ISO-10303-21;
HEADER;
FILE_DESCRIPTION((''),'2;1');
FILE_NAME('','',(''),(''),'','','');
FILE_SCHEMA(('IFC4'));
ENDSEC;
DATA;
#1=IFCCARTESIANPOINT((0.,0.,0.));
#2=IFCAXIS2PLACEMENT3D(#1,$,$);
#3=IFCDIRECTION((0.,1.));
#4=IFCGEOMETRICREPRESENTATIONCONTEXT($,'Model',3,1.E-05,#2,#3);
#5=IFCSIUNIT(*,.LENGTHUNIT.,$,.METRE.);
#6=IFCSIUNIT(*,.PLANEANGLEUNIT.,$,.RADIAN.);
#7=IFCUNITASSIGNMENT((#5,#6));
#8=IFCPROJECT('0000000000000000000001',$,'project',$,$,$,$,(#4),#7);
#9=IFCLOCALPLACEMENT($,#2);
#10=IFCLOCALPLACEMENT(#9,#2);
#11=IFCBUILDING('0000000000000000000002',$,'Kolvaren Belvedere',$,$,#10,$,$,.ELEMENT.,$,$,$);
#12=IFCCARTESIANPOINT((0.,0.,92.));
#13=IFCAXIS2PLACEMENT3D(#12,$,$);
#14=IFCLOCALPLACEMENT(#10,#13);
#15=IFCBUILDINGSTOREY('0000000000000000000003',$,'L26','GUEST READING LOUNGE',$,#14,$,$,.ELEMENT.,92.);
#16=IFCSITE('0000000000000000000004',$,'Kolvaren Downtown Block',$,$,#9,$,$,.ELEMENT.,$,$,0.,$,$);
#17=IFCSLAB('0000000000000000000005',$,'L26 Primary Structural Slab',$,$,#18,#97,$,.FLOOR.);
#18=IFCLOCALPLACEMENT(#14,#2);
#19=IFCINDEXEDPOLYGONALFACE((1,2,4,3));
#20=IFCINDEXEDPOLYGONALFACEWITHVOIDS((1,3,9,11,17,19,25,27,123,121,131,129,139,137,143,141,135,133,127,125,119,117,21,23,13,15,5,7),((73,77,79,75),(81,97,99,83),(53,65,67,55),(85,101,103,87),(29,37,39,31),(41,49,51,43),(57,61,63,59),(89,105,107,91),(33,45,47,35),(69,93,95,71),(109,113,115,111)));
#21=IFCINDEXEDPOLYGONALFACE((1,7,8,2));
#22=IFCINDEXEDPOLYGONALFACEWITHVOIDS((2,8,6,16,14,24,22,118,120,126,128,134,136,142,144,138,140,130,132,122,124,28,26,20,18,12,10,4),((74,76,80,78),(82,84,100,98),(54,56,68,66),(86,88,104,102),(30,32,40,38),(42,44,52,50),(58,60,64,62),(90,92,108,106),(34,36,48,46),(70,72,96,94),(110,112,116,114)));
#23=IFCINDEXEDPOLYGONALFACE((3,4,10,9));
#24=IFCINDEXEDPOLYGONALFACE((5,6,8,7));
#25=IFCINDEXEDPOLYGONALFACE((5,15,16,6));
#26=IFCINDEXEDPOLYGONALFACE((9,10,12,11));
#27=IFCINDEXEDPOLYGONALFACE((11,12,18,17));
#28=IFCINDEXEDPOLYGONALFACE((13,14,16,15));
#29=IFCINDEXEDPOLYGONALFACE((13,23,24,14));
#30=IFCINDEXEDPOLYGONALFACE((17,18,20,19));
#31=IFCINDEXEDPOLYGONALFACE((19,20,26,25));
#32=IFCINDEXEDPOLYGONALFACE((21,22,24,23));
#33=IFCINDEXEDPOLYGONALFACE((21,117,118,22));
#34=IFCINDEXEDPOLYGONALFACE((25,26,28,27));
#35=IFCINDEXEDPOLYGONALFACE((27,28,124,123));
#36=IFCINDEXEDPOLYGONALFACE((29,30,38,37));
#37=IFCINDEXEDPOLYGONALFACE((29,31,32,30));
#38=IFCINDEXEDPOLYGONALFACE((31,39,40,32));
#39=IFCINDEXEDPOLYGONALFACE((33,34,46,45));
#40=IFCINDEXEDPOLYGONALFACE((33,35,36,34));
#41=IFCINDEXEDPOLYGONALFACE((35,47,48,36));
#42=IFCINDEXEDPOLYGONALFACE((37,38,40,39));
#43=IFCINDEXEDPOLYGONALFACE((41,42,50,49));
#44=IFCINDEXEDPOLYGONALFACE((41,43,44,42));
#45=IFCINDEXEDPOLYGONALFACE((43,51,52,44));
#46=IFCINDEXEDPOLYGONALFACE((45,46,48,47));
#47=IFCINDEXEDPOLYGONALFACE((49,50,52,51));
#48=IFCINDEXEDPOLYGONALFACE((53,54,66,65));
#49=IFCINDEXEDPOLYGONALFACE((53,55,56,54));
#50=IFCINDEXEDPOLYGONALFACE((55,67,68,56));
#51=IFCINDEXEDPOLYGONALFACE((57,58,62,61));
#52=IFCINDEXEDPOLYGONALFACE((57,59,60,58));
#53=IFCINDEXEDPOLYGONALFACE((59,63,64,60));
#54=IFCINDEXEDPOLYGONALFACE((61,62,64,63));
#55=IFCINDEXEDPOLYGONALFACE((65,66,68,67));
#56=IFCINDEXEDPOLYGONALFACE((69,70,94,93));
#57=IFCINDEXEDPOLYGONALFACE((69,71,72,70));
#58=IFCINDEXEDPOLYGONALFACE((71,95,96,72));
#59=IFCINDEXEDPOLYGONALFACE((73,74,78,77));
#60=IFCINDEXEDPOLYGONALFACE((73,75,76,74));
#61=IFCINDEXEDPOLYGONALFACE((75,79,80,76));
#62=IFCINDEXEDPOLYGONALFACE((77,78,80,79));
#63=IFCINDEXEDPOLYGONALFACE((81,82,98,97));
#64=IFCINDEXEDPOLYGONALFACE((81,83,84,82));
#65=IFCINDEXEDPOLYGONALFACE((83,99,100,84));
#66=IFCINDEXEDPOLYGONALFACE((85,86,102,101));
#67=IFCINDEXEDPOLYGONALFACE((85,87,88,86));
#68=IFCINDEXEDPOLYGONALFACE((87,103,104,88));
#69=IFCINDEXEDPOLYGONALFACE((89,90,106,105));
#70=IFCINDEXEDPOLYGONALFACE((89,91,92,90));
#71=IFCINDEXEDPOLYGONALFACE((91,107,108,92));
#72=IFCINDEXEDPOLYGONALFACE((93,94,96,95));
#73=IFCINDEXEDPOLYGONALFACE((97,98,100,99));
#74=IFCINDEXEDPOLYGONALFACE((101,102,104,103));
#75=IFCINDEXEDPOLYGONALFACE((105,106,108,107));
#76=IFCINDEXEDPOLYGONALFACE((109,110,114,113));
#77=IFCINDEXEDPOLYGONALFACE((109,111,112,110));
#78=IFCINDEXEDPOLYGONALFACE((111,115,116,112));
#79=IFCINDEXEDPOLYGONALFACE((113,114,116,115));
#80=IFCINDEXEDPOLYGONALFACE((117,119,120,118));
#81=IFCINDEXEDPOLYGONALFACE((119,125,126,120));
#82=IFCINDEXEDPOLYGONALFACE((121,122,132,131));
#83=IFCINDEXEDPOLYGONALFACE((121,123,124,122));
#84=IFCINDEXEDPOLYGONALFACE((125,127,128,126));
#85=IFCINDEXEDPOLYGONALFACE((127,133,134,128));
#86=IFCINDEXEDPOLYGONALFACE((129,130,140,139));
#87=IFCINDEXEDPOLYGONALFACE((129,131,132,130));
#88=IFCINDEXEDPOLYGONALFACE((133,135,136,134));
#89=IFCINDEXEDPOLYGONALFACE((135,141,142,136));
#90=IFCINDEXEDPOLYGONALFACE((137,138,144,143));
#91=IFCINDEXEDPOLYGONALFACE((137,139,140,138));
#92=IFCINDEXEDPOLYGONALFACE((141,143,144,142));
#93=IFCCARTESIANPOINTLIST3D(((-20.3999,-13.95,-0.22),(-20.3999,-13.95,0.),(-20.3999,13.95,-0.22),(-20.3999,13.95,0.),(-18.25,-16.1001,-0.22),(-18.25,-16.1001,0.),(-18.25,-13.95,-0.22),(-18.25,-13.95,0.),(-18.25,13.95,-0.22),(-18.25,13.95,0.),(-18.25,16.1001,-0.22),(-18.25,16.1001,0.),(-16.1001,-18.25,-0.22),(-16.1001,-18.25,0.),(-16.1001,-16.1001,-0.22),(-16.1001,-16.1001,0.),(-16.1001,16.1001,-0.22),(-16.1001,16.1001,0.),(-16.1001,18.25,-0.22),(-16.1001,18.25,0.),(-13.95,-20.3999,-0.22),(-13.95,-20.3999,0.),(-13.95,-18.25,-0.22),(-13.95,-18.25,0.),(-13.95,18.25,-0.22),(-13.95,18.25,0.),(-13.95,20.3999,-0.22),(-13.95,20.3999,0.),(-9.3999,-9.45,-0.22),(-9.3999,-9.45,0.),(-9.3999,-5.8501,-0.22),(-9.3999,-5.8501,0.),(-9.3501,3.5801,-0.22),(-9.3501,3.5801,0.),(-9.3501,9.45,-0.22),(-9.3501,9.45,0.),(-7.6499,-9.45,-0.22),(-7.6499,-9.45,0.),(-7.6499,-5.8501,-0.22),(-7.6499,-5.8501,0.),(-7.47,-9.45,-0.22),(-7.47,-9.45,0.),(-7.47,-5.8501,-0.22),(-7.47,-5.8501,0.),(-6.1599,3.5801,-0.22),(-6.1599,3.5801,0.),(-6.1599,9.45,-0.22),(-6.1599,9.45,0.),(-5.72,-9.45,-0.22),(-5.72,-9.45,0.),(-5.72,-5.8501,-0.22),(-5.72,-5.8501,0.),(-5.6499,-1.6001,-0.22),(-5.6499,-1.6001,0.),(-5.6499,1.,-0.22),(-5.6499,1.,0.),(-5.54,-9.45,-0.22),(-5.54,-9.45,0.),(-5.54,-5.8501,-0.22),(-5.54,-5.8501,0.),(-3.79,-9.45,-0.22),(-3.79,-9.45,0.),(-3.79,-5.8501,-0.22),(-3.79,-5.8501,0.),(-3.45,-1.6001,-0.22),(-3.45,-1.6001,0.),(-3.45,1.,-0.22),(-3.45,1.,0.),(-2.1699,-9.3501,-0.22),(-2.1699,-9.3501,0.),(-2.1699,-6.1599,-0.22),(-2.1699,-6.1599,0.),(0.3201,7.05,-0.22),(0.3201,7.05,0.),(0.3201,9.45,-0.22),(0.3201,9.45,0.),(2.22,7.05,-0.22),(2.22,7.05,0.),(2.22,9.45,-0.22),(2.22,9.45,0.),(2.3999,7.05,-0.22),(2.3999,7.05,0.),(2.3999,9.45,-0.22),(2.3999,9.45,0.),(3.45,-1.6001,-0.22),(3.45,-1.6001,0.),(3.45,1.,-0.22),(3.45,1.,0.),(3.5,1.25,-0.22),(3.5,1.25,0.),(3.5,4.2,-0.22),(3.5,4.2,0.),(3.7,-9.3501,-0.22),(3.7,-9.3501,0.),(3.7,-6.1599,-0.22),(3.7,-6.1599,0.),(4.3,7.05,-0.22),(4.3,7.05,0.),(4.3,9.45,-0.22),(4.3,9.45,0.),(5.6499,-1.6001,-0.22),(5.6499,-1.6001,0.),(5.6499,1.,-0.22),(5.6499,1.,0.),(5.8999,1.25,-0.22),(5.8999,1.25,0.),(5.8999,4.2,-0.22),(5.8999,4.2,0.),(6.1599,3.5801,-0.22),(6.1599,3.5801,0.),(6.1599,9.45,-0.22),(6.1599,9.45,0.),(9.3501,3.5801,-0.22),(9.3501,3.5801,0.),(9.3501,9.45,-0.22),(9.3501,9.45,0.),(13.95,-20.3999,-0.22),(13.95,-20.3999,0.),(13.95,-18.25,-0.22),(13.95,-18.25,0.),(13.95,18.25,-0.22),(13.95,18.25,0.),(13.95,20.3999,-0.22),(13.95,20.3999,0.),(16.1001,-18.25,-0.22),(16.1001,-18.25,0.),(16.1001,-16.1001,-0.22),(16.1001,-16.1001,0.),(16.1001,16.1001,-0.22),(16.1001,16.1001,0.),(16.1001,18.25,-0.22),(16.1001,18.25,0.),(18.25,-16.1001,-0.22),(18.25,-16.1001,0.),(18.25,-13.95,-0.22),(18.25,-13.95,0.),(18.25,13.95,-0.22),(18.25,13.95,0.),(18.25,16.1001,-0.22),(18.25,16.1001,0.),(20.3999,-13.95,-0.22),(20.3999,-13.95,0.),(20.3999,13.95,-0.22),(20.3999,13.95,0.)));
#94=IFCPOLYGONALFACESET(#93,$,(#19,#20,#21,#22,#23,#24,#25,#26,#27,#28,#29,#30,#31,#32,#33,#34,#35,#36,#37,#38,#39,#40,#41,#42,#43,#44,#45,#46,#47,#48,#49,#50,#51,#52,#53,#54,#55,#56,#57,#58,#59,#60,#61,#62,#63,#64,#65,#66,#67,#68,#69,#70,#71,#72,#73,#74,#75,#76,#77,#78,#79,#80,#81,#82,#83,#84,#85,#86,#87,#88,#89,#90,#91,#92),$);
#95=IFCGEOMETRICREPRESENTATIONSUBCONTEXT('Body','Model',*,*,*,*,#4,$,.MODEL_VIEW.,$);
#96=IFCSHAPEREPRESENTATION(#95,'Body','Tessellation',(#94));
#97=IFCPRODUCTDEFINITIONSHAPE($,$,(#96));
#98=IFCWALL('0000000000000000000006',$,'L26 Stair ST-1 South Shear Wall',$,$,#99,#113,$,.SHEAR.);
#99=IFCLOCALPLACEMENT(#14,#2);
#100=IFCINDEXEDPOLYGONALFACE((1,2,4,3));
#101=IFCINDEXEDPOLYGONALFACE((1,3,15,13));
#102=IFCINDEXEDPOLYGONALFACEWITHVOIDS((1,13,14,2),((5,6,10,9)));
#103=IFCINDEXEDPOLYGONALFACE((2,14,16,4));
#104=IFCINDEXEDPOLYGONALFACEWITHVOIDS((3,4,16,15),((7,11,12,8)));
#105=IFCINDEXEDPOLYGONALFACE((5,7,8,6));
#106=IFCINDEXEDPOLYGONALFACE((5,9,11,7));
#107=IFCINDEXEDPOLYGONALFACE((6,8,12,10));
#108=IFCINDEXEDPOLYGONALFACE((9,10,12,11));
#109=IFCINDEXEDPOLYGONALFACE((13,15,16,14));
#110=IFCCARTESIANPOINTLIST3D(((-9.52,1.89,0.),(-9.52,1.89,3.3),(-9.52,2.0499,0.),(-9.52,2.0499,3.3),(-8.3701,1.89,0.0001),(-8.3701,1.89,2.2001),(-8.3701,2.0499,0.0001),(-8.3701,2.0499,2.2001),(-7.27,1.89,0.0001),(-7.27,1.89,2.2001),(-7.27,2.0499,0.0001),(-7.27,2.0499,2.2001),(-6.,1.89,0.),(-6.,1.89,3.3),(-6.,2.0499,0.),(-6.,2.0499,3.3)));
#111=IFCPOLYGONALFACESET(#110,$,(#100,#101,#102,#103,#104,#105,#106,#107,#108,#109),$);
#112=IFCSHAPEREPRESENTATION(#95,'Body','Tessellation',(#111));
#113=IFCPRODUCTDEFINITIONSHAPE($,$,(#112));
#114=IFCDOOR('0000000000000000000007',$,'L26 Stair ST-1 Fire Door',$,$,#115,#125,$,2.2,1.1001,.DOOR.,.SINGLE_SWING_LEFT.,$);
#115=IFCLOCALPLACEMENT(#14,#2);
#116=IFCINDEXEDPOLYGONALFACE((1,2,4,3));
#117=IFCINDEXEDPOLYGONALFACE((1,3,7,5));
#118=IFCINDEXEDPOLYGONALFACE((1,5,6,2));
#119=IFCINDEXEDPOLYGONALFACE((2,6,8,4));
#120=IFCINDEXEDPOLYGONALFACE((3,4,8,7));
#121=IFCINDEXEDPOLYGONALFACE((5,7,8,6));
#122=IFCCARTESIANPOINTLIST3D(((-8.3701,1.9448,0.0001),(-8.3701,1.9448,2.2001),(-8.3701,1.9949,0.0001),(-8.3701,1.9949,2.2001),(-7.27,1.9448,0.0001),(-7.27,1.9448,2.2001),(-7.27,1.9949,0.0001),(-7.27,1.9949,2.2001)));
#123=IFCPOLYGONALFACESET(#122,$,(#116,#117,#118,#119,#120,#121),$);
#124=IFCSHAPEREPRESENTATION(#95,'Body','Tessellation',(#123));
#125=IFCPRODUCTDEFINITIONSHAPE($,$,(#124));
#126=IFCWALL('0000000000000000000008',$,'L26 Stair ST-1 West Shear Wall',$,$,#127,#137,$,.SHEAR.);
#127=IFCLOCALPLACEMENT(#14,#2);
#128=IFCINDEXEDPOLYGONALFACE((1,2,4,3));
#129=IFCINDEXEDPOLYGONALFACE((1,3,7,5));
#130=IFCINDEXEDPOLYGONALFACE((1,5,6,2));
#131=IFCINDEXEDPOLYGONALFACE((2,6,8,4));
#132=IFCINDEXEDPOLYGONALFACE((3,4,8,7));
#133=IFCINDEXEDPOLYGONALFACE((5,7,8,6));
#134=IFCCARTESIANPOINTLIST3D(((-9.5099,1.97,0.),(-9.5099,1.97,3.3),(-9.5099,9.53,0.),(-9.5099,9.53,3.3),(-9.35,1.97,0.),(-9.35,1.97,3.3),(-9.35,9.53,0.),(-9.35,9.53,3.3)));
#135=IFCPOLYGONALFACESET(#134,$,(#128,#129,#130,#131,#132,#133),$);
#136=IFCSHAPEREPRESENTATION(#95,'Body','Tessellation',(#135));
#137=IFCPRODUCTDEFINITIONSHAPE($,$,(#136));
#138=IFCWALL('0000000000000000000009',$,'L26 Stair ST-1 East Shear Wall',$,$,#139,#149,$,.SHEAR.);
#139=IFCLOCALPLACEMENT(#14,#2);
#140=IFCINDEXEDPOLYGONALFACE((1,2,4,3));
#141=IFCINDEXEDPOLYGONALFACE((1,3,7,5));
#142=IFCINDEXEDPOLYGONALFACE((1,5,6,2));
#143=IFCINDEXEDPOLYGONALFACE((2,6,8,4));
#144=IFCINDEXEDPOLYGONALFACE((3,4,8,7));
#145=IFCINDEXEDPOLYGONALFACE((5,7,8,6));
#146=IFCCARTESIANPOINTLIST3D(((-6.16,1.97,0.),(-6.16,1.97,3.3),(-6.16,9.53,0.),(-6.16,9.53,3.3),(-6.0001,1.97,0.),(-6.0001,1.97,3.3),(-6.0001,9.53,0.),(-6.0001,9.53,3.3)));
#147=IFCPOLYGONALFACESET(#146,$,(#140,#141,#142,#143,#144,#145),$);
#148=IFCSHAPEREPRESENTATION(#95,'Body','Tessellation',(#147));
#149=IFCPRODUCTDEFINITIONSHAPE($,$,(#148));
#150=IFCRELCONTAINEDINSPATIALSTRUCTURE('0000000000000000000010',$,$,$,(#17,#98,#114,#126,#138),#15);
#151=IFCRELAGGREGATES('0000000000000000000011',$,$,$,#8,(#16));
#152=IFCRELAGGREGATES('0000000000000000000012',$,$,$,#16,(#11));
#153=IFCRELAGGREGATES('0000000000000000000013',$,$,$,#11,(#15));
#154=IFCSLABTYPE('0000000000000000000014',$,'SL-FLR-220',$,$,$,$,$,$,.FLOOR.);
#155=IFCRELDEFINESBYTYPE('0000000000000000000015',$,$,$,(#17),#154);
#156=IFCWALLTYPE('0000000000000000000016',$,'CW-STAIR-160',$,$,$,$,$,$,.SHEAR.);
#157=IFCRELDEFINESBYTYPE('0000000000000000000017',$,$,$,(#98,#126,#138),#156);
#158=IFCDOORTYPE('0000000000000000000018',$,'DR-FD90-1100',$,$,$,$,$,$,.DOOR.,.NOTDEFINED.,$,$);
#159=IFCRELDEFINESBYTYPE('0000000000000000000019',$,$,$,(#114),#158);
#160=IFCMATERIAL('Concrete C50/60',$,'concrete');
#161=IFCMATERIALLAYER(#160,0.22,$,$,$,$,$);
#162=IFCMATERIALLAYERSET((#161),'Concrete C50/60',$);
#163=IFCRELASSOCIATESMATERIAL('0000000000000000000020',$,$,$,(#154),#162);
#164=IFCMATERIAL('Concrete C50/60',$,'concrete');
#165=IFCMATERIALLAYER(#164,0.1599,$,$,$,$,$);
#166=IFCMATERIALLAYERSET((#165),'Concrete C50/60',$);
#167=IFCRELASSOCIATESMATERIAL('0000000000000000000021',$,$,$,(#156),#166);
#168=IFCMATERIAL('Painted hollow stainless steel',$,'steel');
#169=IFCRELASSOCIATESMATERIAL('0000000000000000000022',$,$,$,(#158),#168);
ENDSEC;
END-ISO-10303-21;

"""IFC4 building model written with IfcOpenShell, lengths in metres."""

from ifc_helpers import new_model, si_unit, direction, frame, frame_2d, origin, place, context, subcontext, project, spatial, polyline, rectangle, outline, extrude, material, layer, layer_set, type_object, element, fill, save


model = new_model("IFC4")

# Units and contexts
model_context = context("Model", 3, precision=1e-05, world=origin(), true_north=direction((0.0, 1.0)))
body_context = subcontext(model_context, "Body", "Model", "MODEL_VIEW")
ifc_project = project(units=[si_unit("LENGTHUNIT", "METRE"), si_unit("PLANEANGLEUNIT", "RADIAN")], contexts=[model_context])

# Site, building, storey
site_placement = place(None, origin())
site = spatial("IfcSite", under=ifc_project, at=site_placement, Name="Kolvaren Downtown Block", CompositionType="ELEMENT", RefElevation=0.0)
building_placement = place(site_placement, origin())
building = spatial("IfcBuilding", under=site, at=building_placement, Name="Kolvaren Belvedere", CompositionType="ELEMENT")
storey_placement = place(building_placement, frame((0.0, 0.0, 92.0)))
storey = spatial("IfcBuildingStorey", under=building, at=storey_placement, Name="L26", Description="GUEST READING LOUNGE", CompositionType="ELEMENT", Elevation=92.0)

# Slab
ifc_material_1 = material(Name="Concrete C50/60", Category="concrete")
ifc_layer_1 = layer(ifc_material_1, 0.22)
ifc_layer_set_1 = layer_set([ifc_layer_1], Name="Concrete C50/60")
slab_type_1 = type_object("IfcSlabType", Name="SL-FLR-220", PredefinedType="FLOOR", material=ifc_layer_set_1)
slab_1_placement = place(storey_placement, frame((0.0, 0.0, -0.22)))
element("IfcSlab", 1, at=slab_1_placement, inside=storey, type_object=slab_type_1, Name="L26 Primary Structural Slab", PredefinedType="FLOOR", context=body_context, shape_type="SweptSolid", body=[
    extrude(outline(polyline([(-13.95, -20.3999), (13.95, -20.3999), (13.95, -18.25), (16.1001, -18.25), (16.1001, -16.1001), (18.25, -16.1001), (18.25, -13.95), (20.3999, -13.95), (20.3999, 13.95), (18.25, 13.95), (18.25, 16.1001), (16.1001, 16.1001), (16.1001, 18.25), (13.95, 18.25), (13.95, 20.3999), (-13.95, 20.3999), (-13.95, 18.25), (-16.1001, 18.25), (-16.1001, 16.1001), (-18.25, 16.1001), (-18.25, 13.95), (-20.3999, 13.95), (-20.3999, -13.95), (-18.25, -13.95), (-18.25, -16.1001), (-16.1001, -16.1001), (-16.1001, -18.25), (-13.95, -18.25), (-13.95, -20.3999)]), holes=[polyline([(-9.3501, 3.5801), (-6.1599, 3.5801), (-6.1599, 9.45), (-9.3501, 9.45), (-9.3501, 3.5801)]), polyline([(6.1599, 3.5801), (9.3501, 3.5801), (9.3501, 9.45), (6.1599, 9.45), (6.1599, 3.5801)]), polyline([(-2.1699, -9.3501), (3.7, -9.3501), (3.7, -6.1599), (-2.1699, -6.1599), (-2.1699, -9.3501)]), polyline([(-5.6499, -1.6001), (-3.45, -1.6001), (-3.45, 1.0), (-5.6499, 1.0), (-5.6499, -1.6001)]), polyline([(3.5, 1.25), (5.8999, 1.25), (5.8999, 4.2), (3.5, 4.2), (3.5, 1.25)]), polyline([(3.45, -1.6001), (5.6499, -1.6001), (5.6499, 1.0), (3.45, 1.0), (3.45, -1.6001)]), polyline([(-9.3999, -9.45), (-7.6499, -9.45), (-7.6499, -5.8501), (-9.3999, -5.8501), (-9.3999, -9.45)]), polyline([(-7.47, -9.45), (-5.72, -9.45), (-5.72, -5.8501), (-7.47, -5.8501), (-7.47, -9.45)]), polyline([(-5.54, -9.45), (-3.79, -9.45), (-3.79, -5.8501), (-5.54, -5.8501), (-5.54, -9.45)]), polyline([(0.3201, 7.05), (2.22, 7.05), (2.22, 9.45), (0.3201, 9.45), (0.3201, 7.05)]), polyline([(2.3999, 7.05), (4.3, 7.05), (4.3, 9.45), (2.3999, 9.45), (2.3999, 7.05)])]), origin(), (0.0, 0.0, 1.0), 0.22),
])

# Wall, opening, door
ifc_material_2 = material(Name="Concrete C50/60", Category="concrete")
ifc_layer_2 = layer(ifc_material_2, 0.1599)
ifc_layer_set_2 = layer_set([ifc_layer_2], Name="Concrete C50/60")
wall_type_1 = type_object("IfcWallType", Name="CW-STAIR-160", PredefinedType="SHEAR", material=ifc_layer_set_2)
wall_1_placement = place(storey_placement, frame((-9.52, 1.97, 0.0), z_axis=(0.0, 0.0, 1.0), x_axis=(1.0, 0.0, 0.0)))
wall_1 = element("IfcWall", 2, at=wall_1_placement, inside=storey, type_object=wall_type_1, Name="L26 Stair ST-1 South Shear Wall", PredefinedType="SHEAR", context=body_context, shape_type="SweptSolid", body=[
    extrude(rectangle(XDim=3.52, YDim=0.1599, at=frame_2d((1.76, 0.0))), origin(), (0.0, 0.0, 1.0), 3.3),
])
opening_1_placement = place(wall_1_placement, frame((1.1499, 0.0, 0.0)))
opening_1 = element("IfcOpeningElement", 3, at=opening_1_placement, cuts=wall_1, PredefinedType="OPENING", context=body_context, shape_type="SweptSolid", body=[
    extrude(rectangle(XDim=1.1001, YDim=2.2, at=frame_2d((0.55, 1.1001))), frame((0.0, 0.0898, 0.0), z_axis=(0.0, -1.0, 0.0), x_axis=(1.0, 0.0, 0.0)), (0.0, 0.0, 1.0), 0.1799),
])
ifc_material_3 = material(Name="Painted hollow stainless steel", Category="steel")
door_type_1 = type_object("IfcDoorType", Name="DR-FD90-1100", OperationType="NOTDEFINED", PredefinedType="DOOR", material=ifc_material_3)
door_1_placement = place(opening_1_placement, origin())
door_1 = element("IfcDoor", 4, at=door_1_placement, inside=storey, type_object=door_type_1, Name="L26 Stair ST-1 Fire Door", OperationType="SINGLE_SWING_LEFT", OverallHeight=2.2, OverallWidth=1.1001, PredefinedType="DOOR", context=body_context, shape_type="SweptSolid", body=[
    extrude(rectangle(XDim=1.1001, YDim=2.2, at=frame_2d((0.55, 1.1001))), frame((0.0, 0.0249, 0.0), z_axis=(0.0, -1.0, 0.0), x_axis=(1.0, 0.0, 0.0)), (0.0, 0.0, 1.0), 0.05),
])
fill(opening_1, door_1)

# Walls
for number, where, z_axis, x_axis, name in (
    (5, (-9.4299, 1.97, 0.0), (0.0, 0.0, 1.0), (0.0, 1.0, 0.0), "L26 Stair ST-1 West Shear Wall"),
    (6, (-6.0801, 1.97, 0.0), (0.0, 0.0, 1.0), (0.0, 1.0, 0.0), "L26 Stair ST-1 East Shear Wall"),
):
    element("IfcWall", number, at=place(storey_placement, frame(where, z_axis=z_axis, x_axis=x_axis)), inside=storey, type_object=wall_type_1, Name=name, PredefinedType="SHEAR", context=body_context, shape_type="SweptSolid", body=[
        extrude(rectangle(XDim=7.5601, YDim=0.1599, at=frame_2d((3.78, 0.0))), origin(), (0.0, 0.0, 1.0), 3.3),
    ])

save(model, "model.ifc")
